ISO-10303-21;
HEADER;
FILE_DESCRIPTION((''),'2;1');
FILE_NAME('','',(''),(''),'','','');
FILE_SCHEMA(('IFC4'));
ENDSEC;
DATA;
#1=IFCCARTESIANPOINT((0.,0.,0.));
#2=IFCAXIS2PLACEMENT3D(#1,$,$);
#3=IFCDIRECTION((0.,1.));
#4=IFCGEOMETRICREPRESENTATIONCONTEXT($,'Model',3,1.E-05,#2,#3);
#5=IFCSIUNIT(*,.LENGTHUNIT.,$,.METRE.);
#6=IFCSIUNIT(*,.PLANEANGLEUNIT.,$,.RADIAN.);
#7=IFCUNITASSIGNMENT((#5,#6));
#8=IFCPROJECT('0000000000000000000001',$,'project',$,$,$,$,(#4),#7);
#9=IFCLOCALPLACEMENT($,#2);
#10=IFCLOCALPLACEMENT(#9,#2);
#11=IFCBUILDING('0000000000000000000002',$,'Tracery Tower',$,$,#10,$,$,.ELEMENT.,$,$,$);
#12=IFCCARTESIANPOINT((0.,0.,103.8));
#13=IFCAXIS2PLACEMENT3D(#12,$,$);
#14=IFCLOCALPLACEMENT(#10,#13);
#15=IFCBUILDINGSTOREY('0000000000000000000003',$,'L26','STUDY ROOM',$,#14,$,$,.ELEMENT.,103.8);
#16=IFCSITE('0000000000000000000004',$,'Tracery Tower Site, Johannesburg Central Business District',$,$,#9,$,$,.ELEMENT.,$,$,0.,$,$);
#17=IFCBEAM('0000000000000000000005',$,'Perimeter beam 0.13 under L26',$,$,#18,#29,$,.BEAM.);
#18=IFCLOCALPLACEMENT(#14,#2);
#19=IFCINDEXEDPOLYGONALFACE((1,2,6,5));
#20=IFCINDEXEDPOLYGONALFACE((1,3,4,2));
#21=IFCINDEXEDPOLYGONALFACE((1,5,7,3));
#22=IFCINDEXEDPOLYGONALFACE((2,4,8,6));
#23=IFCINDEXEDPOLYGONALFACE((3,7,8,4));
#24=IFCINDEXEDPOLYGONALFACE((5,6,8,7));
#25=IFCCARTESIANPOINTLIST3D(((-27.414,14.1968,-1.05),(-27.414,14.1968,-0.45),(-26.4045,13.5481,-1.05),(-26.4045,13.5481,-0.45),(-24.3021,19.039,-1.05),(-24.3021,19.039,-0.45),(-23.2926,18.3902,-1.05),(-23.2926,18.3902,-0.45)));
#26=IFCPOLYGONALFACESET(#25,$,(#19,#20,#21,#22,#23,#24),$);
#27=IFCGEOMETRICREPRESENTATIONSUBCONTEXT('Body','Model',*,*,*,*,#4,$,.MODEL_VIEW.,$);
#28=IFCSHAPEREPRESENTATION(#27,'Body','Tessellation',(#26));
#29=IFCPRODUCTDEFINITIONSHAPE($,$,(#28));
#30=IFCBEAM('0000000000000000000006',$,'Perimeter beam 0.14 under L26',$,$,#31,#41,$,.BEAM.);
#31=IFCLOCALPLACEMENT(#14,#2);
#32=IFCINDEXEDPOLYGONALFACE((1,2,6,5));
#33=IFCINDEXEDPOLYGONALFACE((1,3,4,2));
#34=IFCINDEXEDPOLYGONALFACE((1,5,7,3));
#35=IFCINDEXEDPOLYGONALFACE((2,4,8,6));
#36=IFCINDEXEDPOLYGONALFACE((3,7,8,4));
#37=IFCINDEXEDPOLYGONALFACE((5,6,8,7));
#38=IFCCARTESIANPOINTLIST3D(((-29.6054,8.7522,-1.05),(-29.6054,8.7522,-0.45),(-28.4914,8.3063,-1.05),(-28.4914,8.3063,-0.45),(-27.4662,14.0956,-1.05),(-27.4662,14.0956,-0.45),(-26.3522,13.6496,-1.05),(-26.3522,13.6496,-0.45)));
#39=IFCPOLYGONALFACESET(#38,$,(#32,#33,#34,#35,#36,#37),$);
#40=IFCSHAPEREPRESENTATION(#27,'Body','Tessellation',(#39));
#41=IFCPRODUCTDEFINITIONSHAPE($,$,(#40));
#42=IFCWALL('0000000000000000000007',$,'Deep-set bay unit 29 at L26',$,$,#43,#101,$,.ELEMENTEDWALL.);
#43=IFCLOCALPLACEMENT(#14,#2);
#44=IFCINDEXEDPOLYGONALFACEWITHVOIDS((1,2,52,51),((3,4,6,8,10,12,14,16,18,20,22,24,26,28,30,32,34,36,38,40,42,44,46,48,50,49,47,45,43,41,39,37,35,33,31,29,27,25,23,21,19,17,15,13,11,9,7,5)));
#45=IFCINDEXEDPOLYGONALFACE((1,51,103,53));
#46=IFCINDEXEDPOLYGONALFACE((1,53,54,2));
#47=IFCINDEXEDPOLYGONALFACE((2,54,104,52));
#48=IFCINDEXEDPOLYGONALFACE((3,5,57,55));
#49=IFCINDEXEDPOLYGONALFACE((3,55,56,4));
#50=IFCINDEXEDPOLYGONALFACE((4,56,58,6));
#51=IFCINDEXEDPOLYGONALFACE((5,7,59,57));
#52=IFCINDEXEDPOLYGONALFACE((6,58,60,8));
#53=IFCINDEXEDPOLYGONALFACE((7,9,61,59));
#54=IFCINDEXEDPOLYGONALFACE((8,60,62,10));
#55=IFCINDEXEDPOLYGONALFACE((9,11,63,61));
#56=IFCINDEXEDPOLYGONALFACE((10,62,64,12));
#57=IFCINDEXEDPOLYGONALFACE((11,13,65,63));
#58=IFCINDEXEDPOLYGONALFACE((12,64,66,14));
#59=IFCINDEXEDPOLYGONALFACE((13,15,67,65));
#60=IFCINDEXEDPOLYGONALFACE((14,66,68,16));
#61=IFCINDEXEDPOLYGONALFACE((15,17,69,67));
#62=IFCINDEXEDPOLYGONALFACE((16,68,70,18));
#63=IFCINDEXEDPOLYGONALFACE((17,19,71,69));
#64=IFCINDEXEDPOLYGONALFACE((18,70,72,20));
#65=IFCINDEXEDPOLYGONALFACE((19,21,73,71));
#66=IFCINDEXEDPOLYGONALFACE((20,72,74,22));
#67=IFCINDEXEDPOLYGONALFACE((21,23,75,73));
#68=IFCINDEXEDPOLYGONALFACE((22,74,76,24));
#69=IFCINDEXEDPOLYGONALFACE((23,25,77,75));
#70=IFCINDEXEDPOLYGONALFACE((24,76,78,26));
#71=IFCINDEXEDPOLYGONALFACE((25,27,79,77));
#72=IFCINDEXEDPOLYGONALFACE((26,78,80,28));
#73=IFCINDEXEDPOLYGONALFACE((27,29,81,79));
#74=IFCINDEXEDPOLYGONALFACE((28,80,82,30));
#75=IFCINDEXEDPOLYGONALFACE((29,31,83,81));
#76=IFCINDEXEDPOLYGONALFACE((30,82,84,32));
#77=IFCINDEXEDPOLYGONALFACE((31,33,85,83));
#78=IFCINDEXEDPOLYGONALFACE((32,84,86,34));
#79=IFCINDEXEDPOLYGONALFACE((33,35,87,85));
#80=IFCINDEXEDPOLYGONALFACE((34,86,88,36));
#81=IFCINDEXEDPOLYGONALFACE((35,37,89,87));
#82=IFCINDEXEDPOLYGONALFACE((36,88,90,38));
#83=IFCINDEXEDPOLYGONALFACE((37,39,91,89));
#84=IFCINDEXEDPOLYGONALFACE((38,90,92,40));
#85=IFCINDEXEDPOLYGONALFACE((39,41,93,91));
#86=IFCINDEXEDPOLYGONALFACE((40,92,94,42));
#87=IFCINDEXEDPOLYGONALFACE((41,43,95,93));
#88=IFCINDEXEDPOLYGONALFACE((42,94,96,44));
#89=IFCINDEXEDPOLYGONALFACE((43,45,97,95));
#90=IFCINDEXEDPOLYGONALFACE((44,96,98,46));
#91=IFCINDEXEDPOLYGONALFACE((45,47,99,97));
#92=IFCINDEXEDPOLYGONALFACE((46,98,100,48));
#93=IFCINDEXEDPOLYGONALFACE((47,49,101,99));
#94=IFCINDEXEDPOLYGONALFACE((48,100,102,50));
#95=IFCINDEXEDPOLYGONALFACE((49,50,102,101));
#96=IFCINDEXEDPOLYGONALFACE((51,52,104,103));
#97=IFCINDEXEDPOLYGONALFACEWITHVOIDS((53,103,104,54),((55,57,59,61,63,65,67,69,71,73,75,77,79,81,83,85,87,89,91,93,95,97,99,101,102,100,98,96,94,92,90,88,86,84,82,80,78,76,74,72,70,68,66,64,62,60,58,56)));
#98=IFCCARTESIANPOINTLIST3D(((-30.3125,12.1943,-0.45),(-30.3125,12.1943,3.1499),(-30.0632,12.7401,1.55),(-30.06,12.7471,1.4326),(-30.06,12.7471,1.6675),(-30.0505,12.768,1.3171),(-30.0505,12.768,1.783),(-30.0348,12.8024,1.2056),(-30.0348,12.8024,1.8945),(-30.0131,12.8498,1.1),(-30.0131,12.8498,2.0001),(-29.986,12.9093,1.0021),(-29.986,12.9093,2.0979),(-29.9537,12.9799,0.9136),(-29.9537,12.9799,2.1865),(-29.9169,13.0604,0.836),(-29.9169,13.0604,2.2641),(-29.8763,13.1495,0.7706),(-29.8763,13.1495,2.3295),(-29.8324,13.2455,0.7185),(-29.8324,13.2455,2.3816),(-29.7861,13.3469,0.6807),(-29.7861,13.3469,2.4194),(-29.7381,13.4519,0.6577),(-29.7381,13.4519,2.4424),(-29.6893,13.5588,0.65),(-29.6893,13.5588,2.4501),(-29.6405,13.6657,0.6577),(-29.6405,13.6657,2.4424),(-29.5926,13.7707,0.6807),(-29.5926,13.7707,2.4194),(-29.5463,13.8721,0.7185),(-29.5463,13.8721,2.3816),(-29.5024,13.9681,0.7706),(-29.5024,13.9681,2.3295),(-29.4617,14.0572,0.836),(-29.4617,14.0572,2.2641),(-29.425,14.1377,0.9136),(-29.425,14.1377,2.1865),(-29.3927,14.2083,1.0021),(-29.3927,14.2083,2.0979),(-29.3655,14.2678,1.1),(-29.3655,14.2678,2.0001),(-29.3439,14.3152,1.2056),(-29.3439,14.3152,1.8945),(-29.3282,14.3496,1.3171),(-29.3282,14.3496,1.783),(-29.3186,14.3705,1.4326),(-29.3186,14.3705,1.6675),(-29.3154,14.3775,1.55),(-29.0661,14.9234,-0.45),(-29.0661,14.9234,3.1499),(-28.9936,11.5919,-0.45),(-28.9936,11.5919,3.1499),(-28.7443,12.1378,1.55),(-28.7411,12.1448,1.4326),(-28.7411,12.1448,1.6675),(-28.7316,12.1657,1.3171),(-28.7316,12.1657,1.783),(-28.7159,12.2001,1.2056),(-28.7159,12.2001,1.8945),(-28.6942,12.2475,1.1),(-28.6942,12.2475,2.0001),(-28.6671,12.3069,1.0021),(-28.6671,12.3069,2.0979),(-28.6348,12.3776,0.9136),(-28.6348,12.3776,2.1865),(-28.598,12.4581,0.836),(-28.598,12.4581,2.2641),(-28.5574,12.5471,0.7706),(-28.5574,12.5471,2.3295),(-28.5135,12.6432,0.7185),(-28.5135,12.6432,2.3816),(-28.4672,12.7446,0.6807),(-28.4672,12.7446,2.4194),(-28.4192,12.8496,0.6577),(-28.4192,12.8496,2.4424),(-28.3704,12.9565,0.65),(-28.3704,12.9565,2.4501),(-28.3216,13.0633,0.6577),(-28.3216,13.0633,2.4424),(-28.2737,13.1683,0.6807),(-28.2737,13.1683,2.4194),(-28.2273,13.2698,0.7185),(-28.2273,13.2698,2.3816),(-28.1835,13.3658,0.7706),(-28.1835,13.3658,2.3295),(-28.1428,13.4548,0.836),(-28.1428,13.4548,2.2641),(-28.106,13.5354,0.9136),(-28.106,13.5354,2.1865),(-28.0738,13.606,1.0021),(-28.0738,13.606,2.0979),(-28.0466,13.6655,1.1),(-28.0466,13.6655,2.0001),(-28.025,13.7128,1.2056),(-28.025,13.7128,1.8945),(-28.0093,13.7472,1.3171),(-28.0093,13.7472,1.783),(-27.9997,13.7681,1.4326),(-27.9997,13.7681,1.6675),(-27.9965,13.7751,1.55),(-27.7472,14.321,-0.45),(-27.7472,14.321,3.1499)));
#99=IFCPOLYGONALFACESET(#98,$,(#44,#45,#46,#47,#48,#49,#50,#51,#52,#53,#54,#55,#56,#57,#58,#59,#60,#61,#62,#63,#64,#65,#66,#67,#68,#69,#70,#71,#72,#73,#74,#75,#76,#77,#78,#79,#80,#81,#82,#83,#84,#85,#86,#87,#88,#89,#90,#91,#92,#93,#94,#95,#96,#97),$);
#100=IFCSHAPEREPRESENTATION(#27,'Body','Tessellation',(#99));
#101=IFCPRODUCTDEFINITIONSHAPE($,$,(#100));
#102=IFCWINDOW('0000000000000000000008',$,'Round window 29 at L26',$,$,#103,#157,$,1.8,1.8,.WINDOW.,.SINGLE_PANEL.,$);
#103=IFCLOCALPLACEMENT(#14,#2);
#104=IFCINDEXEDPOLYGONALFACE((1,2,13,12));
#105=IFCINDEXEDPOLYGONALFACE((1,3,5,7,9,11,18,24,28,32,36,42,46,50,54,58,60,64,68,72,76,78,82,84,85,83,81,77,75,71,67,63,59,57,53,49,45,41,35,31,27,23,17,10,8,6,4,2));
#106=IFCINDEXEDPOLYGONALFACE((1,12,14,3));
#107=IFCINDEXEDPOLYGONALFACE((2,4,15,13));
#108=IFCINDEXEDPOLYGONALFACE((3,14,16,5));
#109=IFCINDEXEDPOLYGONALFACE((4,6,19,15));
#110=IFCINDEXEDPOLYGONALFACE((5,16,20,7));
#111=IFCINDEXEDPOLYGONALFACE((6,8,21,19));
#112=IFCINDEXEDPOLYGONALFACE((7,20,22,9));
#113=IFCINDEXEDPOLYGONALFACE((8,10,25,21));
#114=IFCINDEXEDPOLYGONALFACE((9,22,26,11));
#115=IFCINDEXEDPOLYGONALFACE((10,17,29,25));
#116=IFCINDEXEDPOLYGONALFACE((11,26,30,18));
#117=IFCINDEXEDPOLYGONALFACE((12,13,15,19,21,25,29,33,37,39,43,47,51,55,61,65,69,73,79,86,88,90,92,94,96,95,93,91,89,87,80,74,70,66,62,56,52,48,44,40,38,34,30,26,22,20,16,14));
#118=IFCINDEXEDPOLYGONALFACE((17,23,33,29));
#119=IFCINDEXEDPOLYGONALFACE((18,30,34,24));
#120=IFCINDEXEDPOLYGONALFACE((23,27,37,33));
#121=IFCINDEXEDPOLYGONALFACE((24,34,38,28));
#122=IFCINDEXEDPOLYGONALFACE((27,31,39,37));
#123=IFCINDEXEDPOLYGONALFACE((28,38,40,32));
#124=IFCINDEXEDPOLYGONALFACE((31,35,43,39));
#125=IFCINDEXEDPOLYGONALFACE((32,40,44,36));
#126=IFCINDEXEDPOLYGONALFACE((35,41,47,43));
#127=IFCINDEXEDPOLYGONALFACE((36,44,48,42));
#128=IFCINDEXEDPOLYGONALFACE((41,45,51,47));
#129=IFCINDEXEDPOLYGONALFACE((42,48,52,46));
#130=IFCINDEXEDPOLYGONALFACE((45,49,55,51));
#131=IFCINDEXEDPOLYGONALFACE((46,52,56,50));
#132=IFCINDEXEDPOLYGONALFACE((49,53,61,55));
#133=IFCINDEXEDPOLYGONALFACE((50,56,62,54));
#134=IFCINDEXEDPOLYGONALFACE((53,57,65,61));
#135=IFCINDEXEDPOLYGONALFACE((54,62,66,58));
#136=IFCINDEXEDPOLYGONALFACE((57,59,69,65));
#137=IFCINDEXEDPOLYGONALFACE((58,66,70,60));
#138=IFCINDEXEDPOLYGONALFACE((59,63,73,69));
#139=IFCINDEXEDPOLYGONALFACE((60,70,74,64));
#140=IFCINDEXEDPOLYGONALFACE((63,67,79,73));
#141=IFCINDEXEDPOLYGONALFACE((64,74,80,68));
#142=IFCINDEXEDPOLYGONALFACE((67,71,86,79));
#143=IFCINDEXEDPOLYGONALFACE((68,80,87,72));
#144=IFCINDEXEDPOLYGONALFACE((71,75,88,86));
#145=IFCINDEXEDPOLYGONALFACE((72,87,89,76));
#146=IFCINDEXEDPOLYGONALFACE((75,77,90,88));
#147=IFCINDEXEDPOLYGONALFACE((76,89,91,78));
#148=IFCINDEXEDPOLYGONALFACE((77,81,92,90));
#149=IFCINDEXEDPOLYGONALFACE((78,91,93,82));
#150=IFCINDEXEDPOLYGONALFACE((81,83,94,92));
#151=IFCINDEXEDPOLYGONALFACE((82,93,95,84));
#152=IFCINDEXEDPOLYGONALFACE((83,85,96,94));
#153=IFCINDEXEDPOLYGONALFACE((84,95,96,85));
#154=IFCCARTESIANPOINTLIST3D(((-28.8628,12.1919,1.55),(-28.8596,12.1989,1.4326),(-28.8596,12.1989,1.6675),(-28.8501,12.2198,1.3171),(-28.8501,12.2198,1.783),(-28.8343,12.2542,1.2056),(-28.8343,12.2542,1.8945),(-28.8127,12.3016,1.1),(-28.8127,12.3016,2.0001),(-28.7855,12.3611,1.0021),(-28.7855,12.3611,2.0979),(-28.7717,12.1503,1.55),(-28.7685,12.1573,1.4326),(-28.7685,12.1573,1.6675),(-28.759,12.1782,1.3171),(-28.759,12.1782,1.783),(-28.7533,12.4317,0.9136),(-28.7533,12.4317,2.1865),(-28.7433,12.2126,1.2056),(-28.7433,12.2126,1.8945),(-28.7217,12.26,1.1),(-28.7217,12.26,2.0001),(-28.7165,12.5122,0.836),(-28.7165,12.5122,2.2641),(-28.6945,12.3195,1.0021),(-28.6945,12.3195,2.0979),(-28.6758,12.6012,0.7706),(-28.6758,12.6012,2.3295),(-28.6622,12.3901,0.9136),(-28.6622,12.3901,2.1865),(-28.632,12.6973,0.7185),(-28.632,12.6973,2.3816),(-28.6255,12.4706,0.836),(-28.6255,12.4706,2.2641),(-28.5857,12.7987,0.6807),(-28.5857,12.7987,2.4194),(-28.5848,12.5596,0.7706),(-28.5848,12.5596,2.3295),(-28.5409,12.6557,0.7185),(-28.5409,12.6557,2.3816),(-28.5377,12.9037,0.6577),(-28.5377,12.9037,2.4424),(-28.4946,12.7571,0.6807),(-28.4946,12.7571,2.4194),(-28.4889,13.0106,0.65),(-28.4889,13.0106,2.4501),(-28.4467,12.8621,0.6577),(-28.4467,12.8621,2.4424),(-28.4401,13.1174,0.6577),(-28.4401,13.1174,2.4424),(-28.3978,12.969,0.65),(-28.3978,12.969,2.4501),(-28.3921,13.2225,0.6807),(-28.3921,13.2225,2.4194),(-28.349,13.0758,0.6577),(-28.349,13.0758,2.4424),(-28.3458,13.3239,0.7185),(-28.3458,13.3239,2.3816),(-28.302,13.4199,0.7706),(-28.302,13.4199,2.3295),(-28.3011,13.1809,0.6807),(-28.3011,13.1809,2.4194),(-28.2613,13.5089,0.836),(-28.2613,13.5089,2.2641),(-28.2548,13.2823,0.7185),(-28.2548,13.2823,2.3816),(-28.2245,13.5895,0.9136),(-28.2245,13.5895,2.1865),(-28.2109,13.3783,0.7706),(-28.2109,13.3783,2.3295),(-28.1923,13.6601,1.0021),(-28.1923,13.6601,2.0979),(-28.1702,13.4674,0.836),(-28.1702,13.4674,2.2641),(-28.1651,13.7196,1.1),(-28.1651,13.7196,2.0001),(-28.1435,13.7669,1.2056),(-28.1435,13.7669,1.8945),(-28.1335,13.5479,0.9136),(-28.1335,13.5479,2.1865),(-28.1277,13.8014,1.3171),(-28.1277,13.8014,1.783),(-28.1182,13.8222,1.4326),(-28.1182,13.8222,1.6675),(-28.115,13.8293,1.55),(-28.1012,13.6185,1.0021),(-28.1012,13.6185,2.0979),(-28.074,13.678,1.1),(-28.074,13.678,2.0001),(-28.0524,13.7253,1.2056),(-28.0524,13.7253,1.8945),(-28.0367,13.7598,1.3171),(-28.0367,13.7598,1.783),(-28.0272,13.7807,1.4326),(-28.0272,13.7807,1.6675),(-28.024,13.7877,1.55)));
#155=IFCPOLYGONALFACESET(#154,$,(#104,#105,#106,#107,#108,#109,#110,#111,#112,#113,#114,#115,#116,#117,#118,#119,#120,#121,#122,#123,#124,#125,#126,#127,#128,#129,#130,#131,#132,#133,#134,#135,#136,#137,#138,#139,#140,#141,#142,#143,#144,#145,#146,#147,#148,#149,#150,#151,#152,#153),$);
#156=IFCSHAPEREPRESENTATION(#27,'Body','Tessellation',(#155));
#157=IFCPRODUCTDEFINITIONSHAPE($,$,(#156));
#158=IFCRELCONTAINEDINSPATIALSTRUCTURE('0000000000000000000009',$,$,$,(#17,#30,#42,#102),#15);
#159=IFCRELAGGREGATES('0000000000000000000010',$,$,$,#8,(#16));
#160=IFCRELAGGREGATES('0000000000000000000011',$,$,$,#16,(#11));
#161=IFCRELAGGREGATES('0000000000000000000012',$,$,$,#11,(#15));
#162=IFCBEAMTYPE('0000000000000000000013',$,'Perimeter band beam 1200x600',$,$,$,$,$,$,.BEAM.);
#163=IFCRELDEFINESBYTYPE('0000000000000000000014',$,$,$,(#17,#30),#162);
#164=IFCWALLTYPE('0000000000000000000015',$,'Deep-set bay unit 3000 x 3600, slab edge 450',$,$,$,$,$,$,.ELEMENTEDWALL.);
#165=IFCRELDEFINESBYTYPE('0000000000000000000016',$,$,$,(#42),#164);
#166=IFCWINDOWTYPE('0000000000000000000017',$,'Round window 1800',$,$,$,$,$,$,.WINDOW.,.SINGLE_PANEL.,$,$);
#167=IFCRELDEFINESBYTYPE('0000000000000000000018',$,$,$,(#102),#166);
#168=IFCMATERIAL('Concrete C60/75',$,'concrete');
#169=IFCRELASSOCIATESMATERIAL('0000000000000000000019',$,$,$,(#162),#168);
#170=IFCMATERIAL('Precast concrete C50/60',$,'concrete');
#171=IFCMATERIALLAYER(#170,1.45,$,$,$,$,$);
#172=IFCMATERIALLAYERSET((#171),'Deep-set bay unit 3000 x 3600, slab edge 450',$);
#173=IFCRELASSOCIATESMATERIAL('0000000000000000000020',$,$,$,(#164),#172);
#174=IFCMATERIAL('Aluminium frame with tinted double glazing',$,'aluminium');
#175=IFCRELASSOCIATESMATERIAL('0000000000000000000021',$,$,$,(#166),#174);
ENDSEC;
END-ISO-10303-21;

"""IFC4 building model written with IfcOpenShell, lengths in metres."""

from ifc_helpers import new_model, si_unit, direction, frame, frame_2d, origin, origin_2d, place, context, subcontext, project, spatial, rectangle, circle, extrude, material, layer, layer_set, material_profile, profile_set, type_object, element, fill, save


model = new_model("IFC4")

# Units and contexts
model_context = context("Model", 3, precision=1e-05, world=origin(), true_north=direction((0.0, 1.0)))
body_context = subcontext(model_context, "Body", "Model", "MODEL_VIEW")
ifc_project = project(units=[si_unit("LENGTHUNIT", "METRE"), si_unit("PLANEANGLEUNIT", "RADIAN")], contexts=[model_context])

# Site, building, storey
site_placement = place(None, origin())
site = spatial("IfcSite", under=ifc_project, at=site_placement, Name="Tracery Tower Site, Johannesburg Central Business District", CompositionType="ELEMENT", RefElevation=0.0)
building_placement = place(site_placement, origin())
building = spatial("IfcBuilding", under=site, at=building_placement, Name="Tracery Tower", CompositionType="ELEMENT")
storey_placement = place(building_placement, frame((0.0, 0.0, 103.8)))
storey = spatial("IfcBuildingStorey", under=building, at=storey_placement, Name="L26", Description="STUDY ROOM", CompositionType="ELEMENT", Elevation=103.8)

# Beams
ifc_material_1 = material(Name="Concrete C60/75", Category="concrete")
ifc_material_profile_1 = material_profile(ifc_material_1, rectangle(XDim=1.2, YDim=0.6001, at=origin_2d()), Name="RC 1200x600")
ifc_profile_set_1 = profile_set([ifc_material_profile_1], Name="Concrete C60/75")
beam_type = type_object("IfcBeamType", Name="Perimeter band beam 1200x600", PredefinedType="BEAM", material=ifc_profile_set_1)
beam_1_placement = place(storey_placement, frame((-23.7974, 18.7146, -0.75), z_axis=(-0.540644, -0.841252, 0.0), x_axis=(0.841252, -0.540644, 0.0)))
element("IfcBeam", 1, at=beam_1_placement, inside=storey, type_object=beam_type, Name="Perimeter beam 0.13 under L26", PredefinedType="BEAM", context=body_context, shape_type="SweptSolid", body=[
    extrude(rectangle(XDim=1.2, YDim=0.6001, at=origin_2d()), origin(), (0.0, 0.0, 1.0), 5.7559),
])
beam_2_placement = place(storey_placement, frame((-26.9092, 13.8726, -0.75), z_axis=(-0.371669, -0.928365, 0.0), x_axis=(0.928365, -0.371669, 0.0)))
element("IfcBeam", 2, at=beam_2_placement, inside=storey, type_object=beam_type, Name="Perimeter beam 0.14 under L26", PredefinedType="BEAM", context=body_context, shape_type="SweptSolid", body=[
    extrude(rectangle(XDim=1.2, YDim=0.6001, at=origin_2d()), origin(), (0.0, 0.0, 1.0), 5.7556),
])

# Wall, opening, window
ifc_material_2 = material(Name="Precast concrete C50/60", Category="concrete")
ifc_layer_1 = layer(ifc_material_2, 1.45)
ifc_layer_set_1 = layer_set([ifc_layer_1], Name="Deep-set bay unit 3000 x 3600, slab edge 450")
wall_type_1 = type_object("IfcWallType", Name="Deep-set bay unit 3000 x 3600, slab edge 450", PredefinedType="ELEMENTEDWALL", material=ifc_layer_set_1)
wall_1_placement = place(storey_placement, frame((-28.4067, 14.6221, -0.45), z_axis=(0.0, 0.0, 1.0), x_axis=(-0.415427, -0.909627, 0.0)))
wall_1 = element("IfcWall", 3, at=wall_1_placement, inside=storey, type_object=wall_type_1, Name="Deep-set bay unit 29 at L26", PredefinedType="ELEMENTEDWALL", context=body_context, shape_type="SweptSolid", body=[
    extrude(rectangle(XDim=3.0002, YDim=1.45, at=frame_2d((1.5, 0.0))), origin(), (0.0, 0.0, 1.0), 3.5999),
])
opening_1_placement = place(wall_1_placement, frame((1.5, 0.0, 2.0)))
opening_1 = element("IfcOpeningElement", 4, at=opening_1_placement, cuts=wall_1, PredefinedType="OPENING", context=body_context, shape_type="SweptSolid", body=[
    extrude(circle(Radius=0.9, at=origin_2d()), frame((0.0, 0.7349, 0.0), z_axis=(0.0, -1.0, 0.0), x_axis=(1.0, 0.0, 0.0)), (0.0, 0.0, 1.0), 1.47),
])
ifc_material_3 = material(Name="Aluminium frame with tinted double glazing", Category="aluminium")
window_type = type_object("IfcWindowType", Name="Round window 1800", PartitioningType="SINGLE_PANEL", PredefinedType="WINDOW", material=ifc_material_3)
window_1_placement = place(opening_1_placement, origin())
window_1 = element("IfcWindow", 5, at=window_1_placement, inside=storey, type_object=window_type, Name="Round window 29 at L26", OverallHeight=1.8, OverallWidth=1.8, PartitioningType="SINGLE_PANEL", PredefinedType="WINDOW", context=body_context, shape_type="SweptSolid", body=[
    extrude(circle(Radius=0.9, at=origin_2d()), frame((0.0, 0.6948, 0.0), z_axis=(0.0, -1.0, 0.0), x_axis=(1.0, 0.0, 0.0)), (0.0, 0.0, 1.0), 0.1001),
])
fill(opening_1, window_1)

save(model, "model.ifc")
